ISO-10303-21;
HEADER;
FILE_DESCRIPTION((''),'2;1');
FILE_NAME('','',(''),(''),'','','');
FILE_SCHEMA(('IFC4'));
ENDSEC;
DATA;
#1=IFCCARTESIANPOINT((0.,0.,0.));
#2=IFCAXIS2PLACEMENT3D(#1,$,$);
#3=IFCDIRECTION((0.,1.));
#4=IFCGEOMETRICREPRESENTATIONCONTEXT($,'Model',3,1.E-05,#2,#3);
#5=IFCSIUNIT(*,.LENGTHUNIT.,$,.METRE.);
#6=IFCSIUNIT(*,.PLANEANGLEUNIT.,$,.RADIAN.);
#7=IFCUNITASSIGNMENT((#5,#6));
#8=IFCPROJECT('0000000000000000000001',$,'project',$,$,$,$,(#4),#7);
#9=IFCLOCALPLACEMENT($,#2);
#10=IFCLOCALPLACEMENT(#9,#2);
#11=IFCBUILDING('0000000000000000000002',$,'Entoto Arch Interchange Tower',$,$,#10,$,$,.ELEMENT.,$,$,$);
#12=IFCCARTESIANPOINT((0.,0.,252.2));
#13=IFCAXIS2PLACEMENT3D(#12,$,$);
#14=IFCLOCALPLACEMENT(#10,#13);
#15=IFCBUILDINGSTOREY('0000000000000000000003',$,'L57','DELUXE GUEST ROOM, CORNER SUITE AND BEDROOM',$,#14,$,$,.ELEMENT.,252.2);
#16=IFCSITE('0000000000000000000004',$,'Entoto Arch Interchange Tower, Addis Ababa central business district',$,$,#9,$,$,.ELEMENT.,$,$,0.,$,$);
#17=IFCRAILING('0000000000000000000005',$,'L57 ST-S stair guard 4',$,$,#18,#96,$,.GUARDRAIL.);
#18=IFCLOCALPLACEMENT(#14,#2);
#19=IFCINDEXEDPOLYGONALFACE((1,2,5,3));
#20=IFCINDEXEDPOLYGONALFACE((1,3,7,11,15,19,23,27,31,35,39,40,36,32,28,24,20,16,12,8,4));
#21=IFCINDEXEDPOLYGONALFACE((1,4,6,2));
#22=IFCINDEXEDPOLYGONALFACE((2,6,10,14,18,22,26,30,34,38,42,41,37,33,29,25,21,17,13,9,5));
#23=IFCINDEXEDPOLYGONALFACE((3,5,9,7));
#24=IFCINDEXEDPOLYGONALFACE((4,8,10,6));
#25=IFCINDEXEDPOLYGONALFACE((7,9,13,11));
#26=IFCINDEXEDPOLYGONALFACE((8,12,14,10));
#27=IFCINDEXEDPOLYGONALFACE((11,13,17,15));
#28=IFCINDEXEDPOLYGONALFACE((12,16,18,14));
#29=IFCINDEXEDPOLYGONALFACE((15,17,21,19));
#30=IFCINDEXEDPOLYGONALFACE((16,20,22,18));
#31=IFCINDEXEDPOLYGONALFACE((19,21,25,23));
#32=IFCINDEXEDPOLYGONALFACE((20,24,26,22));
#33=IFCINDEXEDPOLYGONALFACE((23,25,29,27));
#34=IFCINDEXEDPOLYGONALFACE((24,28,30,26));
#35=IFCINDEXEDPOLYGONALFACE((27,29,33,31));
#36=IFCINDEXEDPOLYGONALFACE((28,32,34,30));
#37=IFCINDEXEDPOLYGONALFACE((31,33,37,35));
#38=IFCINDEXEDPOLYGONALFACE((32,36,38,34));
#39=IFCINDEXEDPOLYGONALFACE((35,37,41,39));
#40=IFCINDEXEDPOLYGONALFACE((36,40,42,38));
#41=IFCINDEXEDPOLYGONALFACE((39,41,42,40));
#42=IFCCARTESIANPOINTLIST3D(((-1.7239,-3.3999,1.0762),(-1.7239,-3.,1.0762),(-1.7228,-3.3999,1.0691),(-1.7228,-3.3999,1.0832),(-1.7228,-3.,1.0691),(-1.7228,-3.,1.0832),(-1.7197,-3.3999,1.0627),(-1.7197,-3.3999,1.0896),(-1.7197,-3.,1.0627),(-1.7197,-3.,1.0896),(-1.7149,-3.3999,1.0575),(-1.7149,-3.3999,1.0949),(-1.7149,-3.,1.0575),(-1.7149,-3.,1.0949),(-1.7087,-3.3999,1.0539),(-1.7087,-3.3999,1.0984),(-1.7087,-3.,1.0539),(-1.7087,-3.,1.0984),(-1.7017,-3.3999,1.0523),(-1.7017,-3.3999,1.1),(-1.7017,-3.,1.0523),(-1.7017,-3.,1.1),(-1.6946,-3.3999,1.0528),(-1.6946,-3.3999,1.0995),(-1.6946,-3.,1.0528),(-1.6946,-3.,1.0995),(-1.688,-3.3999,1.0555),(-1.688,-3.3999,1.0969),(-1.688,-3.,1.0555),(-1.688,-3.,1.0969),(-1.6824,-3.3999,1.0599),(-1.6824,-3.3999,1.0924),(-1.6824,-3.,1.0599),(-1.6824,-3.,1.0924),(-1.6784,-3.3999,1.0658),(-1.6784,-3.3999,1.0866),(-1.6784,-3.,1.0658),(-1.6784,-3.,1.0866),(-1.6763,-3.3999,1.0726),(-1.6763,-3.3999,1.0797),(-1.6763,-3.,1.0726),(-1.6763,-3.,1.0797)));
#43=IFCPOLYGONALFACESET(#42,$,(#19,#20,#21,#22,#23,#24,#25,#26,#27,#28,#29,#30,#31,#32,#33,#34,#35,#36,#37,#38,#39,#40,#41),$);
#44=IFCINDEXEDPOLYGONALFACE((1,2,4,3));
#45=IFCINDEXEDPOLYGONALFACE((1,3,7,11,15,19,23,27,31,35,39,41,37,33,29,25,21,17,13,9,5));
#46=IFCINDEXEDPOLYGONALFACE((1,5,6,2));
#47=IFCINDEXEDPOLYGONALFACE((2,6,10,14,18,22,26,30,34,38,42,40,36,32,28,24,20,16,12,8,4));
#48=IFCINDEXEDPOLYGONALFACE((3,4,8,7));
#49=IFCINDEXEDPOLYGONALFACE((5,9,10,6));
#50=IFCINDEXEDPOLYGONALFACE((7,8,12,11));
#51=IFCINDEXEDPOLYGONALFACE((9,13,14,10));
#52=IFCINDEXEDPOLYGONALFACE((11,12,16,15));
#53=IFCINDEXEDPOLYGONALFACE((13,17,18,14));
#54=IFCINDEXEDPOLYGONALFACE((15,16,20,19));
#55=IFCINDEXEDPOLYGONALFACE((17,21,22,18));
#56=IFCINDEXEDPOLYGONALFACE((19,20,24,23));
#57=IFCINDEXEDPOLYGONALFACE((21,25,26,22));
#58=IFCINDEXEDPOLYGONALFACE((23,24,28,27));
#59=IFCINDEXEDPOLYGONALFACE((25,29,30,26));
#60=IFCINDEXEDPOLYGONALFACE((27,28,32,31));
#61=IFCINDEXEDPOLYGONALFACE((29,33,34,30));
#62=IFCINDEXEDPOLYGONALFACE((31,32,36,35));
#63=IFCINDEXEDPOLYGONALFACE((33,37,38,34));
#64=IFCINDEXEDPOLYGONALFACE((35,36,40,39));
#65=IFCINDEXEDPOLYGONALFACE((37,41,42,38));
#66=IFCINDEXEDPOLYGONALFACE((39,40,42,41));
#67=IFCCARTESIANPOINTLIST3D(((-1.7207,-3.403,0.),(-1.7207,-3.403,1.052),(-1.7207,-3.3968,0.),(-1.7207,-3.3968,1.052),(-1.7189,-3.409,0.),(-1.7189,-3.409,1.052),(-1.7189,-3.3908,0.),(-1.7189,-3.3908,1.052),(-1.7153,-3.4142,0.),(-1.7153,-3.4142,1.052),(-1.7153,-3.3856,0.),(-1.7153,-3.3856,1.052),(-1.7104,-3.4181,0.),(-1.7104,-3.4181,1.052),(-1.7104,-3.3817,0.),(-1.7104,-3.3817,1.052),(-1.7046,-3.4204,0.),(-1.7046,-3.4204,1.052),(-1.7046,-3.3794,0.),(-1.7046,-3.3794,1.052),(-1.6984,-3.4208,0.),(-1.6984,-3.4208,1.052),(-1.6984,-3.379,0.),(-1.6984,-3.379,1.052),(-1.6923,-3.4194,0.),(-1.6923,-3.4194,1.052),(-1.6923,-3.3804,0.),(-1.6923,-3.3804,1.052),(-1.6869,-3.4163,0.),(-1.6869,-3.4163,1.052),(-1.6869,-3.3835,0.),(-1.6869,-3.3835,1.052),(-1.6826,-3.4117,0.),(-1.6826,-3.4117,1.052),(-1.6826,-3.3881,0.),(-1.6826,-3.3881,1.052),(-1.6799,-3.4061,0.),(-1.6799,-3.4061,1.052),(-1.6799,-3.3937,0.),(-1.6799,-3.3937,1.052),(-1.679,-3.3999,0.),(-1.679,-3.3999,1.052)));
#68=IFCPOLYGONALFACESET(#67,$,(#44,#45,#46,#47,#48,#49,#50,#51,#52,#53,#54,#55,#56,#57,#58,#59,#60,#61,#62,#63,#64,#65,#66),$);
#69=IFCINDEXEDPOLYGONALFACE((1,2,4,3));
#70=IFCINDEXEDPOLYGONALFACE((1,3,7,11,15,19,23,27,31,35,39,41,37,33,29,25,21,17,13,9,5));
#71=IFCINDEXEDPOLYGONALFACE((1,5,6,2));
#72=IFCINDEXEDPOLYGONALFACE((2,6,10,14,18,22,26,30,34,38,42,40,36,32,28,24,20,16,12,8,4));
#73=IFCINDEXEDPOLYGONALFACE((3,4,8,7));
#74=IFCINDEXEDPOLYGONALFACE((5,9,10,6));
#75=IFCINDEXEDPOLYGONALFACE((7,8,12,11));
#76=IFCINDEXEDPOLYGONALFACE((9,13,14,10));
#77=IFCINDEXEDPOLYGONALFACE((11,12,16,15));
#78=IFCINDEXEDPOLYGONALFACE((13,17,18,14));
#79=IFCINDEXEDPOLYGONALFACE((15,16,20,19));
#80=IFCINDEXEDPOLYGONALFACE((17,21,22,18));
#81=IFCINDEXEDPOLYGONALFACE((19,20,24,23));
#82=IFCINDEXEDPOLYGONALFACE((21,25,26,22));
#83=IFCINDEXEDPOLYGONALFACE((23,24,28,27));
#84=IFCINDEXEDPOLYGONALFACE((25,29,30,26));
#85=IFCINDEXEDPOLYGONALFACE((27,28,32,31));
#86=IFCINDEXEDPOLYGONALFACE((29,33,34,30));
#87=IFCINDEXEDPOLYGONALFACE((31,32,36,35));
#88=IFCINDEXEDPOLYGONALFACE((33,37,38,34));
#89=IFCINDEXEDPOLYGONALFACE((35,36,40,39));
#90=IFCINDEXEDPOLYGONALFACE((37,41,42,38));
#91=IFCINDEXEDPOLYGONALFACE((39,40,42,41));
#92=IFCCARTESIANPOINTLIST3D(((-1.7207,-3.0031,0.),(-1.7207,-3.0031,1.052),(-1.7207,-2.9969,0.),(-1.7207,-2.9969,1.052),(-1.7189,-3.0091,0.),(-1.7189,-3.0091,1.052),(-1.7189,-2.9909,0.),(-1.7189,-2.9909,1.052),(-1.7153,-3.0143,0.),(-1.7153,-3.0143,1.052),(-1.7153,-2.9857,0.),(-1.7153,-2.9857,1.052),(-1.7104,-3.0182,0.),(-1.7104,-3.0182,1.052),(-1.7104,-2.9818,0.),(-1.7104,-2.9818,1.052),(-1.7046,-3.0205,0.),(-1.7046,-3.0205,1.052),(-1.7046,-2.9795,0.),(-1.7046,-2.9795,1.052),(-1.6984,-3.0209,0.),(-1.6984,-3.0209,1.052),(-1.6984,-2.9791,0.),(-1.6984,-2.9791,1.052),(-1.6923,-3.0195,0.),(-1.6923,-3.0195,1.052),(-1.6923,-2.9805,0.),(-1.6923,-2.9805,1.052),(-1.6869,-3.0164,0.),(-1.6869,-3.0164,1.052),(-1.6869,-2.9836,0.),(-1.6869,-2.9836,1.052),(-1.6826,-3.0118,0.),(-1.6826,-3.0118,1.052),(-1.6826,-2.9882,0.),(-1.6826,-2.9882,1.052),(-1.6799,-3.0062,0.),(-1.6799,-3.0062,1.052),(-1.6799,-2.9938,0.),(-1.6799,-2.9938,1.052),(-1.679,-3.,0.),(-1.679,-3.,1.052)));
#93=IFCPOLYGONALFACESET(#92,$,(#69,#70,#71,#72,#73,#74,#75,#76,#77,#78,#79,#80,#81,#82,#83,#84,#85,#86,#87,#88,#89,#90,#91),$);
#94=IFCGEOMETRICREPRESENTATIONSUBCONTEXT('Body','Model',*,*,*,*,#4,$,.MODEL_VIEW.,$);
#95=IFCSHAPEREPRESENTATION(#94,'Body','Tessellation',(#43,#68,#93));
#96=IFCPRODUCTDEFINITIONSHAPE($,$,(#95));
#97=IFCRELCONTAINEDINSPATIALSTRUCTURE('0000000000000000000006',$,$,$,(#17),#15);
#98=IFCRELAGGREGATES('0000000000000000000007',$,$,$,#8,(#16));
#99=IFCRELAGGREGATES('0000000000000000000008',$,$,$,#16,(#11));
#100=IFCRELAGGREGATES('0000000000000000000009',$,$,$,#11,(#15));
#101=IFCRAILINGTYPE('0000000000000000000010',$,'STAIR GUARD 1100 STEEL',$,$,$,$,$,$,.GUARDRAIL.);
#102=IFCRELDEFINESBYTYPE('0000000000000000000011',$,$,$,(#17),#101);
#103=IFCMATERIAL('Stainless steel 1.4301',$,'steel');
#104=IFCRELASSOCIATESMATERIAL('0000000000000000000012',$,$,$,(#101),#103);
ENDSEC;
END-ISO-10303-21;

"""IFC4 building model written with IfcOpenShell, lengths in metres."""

from ifc_helpers import new_model, si_unit, direction, frame, origin, origin_2d, place, context, subcontext, project, spatial, circle, extrude, material, type_object, element, save


model = new_model("IFC4")

# Units and contexts
model_context = context("Model", 3, precision=1e-05, world=origin(), true_north=direction((0.0, 1.0)))
body_context = subcontext(model_context, "Body", "Model", "MODEL_VIEW")
ifc_project = project(units=[si_unit("LENGTHUNIT", "METRE"), si_unit("PLANEANGLEUNIT", "RADIAN")], contexts=[model_context])

# Site, building, storey
site_placement = place(None, origin())
site = spatial("IfcSite", under=ifc_project, at=site_placement, Name="Entoto Arch Interchange Tower, Addis Ababa central business district", CompositionType="ELEMENT", RefElevation=0.0)
building_placement = place(site_placement, origin())
building = spatial("IfcBuilding", under=site, at=building_placement, Name="Entoto Arch Interchange Tower", CompositionType="ELEMENT")
storey_placement = place(building_placement, frame((0.0, 0.0, 252.2)))
storey = spatial("IfcBuildingStorey", under=building, at=storey_placement, Name="L57", Description="DELUXE GUEST ROOM, CORNER SUITE AND BEDROOM", CompositionType="ELEMENT", Elevation=252.2)

# Railing
ifc_material_1 = material(Name="Stainless steel 1.4301", Category="steel")
railing_type = type_object("IfcRailingType", Name="STAIR GUARD 1100 STEEL", PredefinedType="GUARDRAIL", material=ifc_material_1)
railing_1_placement = place(storey_placement, frame((-1.7, -3.3999, 0.0)))
element("IfcRailing", 1, at=railing_1_placement, inside=storey, type_object=railing_type, Name="L57 ST-S stair guard 4", PredefinedType="GUARDRAIL", context=body_context, shape_type="SweptSolid", body=[
    extrude(circle(Radius=0.0239, at=origin_2d()), frame((0.0, 0.0, 1.0762), z_axis=(0.0, 1.0, 0.0), x_axis=(-1.0, 0.0, 0.0)), (0.0, 0.0, 1.0), 0.3999),
    extrude(circle(Radius=0.021, at=origin_2d()), origin(), (0.0, 0.0, 1.0), 1.052),
    extrude(circle(Radius=0.021, at=origin_2d()), frame((0.0, 0.3999, 0.0)), (0.0, 0.0, 1.0), 1.052),
])

save(model, "model.ifc")
